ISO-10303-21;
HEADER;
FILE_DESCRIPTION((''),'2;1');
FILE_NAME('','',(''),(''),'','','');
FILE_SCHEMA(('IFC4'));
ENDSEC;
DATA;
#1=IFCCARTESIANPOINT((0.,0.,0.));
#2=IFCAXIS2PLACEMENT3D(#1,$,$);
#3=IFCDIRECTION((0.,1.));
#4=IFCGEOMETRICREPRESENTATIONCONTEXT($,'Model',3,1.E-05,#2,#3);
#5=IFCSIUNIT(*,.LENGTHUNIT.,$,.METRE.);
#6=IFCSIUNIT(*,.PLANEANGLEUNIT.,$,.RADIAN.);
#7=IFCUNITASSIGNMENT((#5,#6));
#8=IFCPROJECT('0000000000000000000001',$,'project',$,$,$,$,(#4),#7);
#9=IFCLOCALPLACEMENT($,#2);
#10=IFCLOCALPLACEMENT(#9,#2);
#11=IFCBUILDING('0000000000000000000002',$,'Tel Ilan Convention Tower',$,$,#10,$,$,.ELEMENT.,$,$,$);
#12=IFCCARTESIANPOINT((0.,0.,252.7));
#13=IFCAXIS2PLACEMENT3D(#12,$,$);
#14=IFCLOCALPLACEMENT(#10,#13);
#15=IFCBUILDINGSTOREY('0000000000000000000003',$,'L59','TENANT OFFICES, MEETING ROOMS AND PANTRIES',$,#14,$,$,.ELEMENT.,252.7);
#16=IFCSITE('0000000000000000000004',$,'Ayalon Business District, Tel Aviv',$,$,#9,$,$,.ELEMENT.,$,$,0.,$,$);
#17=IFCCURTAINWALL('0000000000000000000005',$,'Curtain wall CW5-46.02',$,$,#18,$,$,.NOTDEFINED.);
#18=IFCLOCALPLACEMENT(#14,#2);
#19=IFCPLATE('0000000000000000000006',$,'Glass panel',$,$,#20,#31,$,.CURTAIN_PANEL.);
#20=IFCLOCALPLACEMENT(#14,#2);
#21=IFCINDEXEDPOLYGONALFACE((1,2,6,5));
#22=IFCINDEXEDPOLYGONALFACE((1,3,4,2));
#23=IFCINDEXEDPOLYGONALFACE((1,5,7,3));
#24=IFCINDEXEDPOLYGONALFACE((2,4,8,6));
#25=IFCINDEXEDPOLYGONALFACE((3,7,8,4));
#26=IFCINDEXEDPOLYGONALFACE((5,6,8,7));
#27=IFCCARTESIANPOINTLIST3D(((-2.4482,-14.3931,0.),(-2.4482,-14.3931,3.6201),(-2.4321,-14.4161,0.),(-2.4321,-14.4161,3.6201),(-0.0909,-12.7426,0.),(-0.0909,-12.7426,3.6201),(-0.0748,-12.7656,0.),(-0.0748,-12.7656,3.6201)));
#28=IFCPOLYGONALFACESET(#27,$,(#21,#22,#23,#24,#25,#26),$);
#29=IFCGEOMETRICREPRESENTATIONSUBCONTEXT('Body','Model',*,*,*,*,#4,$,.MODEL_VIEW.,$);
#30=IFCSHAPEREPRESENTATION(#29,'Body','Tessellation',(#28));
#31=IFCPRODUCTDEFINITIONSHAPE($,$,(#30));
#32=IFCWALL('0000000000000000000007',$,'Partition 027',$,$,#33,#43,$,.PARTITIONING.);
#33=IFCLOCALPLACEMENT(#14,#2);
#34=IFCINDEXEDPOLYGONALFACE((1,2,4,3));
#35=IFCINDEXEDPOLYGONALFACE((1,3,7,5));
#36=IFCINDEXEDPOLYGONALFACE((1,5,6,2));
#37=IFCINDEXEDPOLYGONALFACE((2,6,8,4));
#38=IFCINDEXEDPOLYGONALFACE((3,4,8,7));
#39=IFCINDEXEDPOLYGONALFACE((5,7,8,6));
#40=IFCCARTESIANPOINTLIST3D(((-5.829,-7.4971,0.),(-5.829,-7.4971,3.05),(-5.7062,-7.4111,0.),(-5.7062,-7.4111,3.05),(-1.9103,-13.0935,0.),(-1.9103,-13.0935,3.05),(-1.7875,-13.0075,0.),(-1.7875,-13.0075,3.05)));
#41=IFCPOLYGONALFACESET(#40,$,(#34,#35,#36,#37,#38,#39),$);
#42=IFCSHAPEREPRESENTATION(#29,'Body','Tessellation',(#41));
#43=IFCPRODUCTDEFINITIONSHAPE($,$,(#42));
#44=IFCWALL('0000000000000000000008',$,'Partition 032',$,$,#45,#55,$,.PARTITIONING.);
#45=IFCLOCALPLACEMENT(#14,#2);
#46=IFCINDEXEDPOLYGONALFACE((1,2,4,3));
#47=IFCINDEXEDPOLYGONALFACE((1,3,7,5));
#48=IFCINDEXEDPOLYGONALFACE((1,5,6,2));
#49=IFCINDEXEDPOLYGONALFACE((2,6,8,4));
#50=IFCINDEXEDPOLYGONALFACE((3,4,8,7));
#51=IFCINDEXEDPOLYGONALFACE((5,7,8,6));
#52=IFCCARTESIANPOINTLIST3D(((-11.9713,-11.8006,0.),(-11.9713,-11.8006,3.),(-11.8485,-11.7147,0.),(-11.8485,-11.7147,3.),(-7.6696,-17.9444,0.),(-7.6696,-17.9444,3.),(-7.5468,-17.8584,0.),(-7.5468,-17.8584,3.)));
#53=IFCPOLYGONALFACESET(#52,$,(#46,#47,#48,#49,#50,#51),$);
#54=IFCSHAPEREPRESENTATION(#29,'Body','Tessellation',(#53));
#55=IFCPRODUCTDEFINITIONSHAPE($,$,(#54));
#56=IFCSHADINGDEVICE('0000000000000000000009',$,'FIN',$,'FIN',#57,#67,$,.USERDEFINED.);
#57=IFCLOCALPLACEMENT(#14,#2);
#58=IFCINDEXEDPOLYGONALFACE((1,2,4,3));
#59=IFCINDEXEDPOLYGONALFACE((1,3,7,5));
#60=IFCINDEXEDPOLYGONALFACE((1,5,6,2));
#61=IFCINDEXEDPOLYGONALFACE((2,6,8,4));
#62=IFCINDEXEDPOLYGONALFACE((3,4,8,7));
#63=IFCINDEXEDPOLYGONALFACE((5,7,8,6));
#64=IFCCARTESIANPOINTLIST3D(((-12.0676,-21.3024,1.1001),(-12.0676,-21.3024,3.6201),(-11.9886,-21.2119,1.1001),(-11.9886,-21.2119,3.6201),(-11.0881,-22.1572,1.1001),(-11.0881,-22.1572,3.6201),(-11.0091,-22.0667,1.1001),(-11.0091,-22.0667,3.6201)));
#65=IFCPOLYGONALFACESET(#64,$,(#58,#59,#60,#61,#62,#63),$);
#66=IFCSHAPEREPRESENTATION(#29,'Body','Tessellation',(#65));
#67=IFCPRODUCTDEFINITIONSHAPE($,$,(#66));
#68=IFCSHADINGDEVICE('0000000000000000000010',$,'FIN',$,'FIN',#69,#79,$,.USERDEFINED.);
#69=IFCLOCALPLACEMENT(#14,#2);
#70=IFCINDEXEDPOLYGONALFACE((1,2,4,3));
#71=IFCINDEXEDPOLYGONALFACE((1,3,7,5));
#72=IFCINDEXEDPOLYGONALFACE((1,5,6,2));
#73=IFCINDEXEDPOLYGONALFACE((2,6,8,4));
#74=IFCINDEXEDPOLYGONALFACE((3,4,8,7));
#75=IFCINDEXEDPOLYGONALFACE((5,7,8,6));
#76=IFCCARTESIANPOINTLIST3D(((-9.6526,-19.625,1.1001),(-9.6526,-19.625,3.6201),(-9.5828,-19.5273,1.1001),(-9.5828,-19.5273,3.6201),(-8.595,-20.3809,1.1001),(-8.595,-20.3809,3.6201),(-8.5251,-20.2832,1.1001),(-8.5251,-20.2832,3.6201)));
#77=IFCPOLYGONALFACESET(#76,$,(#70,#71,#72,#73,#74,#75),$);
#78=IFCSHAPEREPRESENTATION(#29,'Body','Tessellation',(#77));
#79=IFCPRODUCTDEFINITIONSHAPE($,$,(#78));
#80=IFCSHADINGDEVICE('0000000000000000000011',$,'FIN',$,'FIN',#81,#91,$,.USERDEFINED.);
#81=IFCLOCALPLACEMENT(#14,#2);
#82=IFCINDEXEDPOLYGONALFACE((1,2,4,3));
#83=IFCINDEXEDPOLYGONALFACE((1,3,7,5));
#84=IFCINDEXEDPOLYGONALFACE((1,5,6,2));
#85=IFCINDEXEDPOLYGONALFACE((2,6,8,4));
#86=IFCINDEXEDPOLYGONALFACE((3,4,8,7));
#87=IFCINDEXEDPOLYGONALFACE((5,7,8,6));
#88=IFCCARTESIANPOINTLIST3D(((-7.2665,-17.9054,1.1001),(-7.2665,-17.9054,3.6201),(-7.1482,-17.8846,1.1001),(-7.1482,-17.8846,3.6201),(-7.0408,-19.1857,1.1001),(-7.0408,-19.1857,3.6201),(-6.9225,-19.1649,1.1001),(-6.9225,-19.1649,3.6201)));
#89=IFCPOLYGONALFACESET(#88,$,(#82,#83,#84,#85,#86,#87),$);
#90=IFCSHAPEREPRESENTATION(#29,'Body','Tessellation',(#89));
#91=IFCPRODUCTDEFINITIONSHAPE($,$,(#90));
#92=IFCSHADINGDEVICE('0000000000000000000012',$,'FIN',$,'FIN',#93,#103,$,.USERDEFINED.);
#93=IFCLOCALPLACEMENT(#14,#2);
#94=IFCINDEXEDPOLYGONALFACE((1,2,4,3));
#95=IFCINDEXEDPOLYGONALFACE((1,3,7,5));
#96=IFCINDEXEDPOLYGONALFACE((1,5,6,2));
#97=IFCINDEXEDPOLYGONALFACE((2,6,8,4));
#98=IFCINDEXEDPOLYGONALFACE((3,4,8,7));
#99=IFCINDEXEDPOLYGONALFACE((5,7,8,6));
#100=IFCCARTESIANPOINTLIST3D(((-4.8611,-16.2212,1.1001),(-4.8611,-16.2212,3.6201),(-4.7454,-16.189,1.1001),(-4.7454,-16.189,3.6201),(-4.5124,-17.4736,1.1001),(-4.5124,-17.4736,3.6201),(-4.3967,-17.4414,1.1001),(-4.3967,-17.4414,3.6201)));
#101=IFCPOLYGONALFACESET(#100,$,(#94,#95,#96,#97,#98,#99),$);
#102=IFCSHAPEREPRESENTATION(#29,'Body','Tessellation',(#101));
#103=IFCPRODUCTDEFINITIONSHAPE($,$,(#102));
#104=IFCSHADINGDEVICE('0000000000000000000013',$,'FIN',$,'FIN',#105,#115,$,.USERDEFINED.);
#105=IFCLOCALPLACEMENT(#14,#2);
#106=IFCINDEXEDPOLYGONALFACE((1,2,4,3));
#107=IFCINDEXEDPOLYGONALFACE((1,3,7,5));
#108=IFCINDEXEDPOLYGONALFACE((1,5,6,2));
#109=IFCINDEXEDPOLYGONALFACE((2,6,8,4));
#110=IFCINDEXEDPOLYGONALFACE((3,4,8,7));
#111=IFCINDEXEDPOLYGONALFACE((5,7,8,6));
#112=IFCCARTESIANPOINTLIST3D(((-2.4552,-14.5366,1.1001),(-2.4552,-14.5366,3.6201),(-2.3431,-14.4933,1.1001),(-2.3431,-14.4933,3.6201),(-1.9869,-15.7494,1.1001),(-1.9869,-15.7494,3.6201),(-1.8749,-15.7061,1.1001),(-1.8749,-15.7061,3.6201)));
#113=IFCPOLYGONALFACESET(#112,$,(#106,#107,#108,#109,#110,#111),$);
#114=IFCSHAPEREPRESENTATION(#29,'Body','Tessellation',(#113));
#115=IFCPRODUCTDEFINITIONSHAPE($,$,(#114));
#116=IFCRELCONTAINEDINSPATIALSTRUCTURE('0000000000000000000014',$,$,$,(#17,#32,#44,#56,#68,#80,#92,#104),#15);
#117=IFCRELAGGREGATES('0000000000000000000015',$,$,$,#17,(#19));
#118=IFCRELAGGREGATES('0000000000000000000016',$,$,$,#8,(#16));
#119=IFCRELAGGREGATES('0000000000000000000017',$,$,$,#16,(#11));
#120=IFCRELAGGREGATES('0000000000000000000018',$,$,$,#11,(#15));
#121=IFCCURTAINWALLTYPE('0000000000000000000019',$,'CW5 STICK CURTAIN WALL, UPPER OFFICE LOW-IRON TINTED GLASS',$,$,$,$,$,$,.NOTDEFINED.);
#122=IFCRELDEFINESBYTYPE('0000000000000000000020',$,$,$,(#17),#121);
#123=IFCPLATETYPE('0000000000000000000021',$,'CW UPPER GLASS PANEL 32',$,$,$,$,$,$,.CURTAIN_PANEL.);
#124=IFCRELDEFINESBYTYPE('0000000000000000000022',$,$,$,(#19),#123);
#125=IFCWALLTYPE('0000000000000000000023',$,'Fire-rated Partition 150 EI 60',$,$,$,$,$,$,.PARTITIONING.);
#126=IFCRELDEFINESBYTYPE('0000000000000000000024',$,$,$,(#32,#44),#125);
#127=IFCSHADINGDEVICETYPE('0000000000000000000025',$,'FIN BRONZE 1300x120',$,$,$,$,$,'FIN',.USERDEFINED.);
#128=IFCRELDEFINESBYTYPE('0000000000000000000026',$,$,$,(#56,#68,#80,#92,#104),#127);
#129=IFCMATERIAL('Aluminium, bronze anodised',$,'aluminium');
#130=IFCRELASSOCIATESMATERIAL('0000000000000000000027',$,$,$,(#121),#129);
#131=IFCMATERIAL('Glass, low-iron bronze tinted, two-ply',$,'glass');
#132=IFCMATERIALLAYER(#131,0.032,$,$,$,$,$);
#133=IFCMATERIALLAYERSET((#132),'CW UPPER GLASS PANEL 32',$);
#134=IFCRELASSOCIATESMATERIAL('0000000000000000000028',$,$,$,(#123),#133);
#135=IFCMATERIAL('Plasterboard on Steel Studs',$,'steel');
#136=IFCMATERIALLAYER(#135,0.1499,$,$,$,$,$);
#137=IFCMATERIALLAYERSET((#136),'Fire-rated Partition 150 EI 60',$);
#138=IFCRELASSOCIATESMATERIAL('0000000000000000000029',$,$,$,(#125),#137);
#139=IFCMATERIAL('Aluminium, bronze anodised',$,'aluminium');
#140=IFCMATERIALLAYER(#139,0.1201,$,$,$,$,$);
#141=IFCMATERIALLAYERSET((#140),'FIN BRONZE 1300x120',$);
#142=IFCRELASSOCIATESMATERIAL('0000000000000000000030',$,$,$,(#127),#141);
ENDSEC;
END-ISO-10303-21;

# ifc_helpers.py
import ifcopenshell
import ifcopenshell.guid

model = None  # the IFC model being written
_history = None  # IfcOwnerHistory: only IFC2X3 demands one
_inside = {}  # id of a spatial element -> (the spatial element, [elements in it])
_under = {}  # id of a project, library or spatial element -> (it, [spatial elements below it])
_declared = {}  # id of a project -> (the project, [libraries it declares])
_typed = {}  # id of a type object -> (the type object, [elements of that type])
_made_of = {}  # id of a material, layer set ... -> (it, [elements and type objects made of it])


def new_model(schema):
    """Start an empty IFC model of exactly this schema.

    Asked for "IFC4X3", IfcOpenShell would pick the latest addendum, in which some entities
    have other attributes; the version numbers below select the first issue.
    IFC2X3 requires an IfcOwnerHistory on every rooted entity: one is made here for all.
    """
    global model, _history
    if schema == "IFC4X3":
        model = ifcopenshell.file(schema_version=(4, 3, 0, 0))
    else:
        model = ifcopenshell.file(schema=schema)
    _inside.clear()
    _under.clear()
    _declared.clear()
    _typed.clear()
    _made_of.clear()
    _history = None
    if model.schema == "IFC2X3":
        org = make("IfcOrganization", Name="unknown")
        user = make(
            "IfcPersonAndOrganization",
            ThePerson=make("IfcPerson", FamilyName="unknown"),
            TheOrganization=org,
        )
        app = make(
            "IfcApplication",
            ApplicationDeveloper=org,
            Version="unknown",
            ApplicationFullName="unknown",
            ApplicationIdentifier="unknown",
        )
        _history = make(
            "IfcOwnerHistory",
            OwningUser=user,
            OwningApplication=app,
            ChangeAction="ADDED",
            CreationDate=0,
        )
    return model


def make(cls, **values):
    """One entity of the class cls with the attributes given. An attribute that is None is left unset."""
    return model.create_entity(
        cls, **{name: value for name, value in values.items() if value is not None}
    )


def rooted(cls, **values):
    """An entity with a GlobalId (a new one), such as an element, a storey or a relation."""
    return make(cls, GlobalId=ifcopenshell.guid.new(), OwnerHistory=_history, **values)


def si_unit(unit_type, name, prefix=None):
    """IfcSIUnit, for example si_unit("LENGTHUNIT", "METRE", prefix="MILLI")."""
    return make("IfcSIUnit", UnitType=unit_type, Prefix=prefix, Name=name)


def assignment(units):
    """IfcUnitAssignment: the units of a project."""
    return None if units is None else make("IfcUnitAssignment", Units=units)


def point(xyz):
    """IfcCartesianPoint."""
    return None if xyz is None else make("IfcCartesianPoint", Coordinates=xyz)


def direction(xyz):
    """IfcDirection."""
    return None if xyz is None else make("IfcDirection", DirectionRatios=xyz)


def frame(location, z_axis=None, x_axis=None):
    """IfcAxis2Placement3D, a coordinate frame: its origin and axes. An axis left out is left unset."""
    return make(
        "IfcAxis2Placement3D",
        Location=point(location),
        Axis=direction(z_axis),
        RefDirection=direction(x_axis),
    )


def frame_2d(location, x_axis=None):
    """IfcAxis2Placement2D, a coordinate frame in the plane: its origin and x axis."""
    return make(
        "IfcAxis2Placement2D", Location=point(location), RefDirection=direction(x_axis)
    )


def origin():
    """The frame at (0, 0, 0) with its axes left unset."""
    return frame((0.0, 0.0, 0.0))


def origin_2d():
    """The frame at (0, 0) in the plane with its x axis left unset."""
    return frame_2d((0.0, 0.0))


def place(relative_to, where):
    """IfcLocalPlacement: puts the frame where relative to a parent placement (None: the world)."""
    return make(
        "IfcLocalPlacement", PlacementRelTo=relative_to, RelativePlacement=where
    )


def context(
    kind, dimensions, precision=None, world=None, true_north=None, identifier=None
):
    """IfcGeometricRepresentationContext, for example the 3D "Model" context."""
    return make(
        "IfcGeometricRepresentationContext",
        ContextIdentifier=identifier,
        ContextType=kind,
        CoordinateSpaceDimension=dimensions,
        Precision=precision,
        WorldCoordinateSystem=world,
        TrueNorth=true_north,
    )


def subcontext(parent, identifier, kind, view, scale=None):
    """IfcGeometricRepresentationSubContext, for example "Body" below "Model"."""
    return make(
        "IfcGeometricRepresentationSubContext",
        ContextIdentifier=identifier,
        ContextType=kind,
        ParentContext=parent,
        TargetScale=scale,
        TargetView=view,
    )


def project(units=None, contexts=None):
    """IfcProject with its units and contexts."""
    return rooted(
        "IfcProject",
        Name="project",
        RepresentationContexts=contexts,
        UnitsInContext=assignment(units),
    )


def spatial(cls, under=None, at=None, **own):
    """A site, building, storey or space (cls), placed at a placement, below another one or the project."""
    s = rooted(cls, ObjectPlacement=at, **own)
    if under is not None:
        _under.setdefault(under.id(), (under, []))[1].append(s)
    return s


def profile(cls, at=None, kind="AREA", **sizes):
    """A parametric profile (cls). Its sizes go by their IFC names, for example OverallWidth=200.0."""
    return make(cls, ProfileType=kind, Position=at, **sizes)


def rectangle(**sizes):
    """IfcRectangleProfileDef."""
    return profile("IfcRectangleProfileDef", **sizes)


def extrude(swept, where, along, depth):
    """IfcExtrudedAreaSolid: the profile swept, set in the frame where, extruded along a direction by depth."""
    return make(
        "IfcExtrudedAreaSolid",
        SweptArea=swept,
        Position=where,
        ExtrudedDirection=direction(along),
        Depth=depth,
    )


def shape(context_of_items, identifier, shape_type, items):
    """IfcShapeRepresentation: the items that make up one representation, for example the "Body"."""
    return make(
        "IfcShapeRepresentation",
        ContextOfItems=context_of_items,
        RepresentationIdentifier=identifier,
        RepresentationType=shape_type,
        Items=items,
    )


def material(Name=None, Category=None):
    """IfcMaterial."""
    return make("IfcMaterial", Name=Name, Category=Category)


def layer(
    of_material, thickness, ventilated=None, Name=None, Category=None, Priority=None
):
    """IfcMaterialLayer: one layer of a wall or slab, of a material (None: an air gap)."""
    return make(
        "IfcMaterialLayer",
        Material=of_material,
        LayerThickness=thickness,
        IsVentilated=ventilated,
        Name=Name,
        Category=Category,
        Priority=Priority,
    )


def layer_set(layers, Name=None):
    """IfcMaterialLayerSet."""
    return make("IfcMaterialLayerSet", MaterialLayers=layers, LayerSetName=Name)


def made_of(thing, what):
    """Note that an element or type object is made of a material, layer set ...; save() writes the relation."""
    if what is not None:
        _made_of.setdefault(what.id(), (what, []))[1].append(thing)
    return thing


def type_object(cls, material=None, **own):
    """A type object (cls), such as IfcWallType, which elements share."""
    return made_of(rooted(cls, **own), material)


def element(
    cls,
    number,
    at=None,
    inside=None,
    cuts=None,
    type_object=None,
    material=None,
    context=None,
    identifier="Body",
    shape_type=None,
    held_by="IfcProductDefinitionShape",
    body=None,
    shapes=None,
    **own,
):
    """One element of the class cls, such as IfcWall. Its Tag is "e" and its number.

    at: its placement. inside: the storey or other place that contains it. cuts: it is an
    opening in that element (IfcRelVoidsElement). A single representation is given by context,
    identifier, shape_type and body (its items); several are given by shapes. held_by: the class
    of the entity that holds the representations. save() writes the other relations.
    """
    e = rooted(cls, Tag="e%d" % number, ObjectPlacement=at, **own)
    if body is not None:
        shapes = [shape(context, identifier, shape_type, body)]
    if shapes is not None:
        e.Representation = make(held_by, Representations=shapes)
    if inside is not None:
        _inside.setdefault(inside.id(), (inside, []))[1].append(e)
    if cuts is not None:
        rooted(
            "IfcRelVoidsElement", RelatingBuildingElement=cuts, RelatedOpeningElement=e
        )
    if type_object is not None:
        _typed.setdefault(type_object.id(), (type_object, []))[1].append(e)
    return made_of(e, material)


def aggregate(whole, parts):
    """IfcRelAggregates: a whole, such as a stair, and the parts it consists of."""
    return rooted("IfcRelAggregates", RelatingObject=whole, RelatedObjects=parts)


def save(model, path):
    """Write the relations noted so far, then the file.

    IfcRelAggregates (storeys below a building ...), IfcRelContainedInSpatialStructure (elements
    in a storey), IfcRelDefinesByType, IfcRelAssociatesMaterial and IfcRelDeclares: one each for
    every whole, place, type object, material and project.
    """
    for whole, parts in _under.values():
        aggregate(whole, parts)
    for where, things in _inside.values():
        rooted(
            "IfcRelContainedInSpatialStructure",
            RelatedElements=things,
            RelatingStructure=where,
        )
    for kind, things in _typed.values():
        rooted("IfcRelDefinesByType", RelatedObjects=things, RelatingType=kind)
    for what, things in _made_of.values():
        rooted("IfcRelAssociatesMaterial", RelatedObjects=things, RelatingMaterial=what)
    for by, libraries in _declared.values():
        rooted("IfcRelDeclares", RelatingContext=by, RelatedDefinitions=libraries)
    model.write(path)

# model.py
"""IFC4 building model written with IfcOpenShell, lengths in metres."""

from ifc_helpers import new_model, si_unit, direction, frame, frame_2d, origin, origin_2d, place, context, subcontext, project, spatial, rectangle, extrude, material, layer, layer_set, type_object, element, aggregate, save


model = new_model("IFC4")

# Units and contexts
model_context = context("Model", 3, precision=1e-05, world=origin(), true_north=direction((0.0, 1.0)))
body_context = subcontext(model_context, "Body", "Model", "MODEL_VIEW")
ifc_project = project(units=[si_unit("LENGTHUNIT", "METRE"), si_unit("PLANEANGLEUNIT", "RADIAN")], contexts=[model_context])

# Site, building, storey
site_placement = place(None, origin())
site = spatial("IfcSite", under=ifc_project, at=site_placement, Name="Ayalon Business District, Tel Aviv", CompositionType="ELEMENT", RefElevation=0.0)
building_placement = place(site_placement, origin())
building = spatial("IfcBuilding", under=site, at=building_placement, Name="Tel Ilan Convention Tower", CompositionType="ELEMENT")
storey_placement = place(building_placement, frame((0.0, 0.0, 252.7)))
storey = spatial("IfcBuildingStorey", under=building, at=storey_placement, Name="L59", Description="TENANT OFFICES, MEETING ROOMS AND PANTRIES", CompositionType="ELEMENT", Elevation=252.7)

# Curtain wall, plate
ifc_material_1 = material(Name="Aluminium, bronze anodised", Category="aluminium")
curtain_wall_type = type_object("IfcCurtainWallType", Name="CW5 STICK CURTAIN WALL, UPPER OFFICE LOW-IRON TINTED GLASS", PredefinedType="NOTDEFINED", material=ifc_material_1)
curtain_wall_placement = place(storey_placement, origin())
curtain_wall = element("IfcCurtainWall", 1, at=curtain_wall_placement, inside=storey, type_object=curtain_wall_type, Name="Curtain wall CW5-46.02", PredefinedType="NOTDEFINED")
ifc_material_2 = material(Name="Glass, low-iron bronze tinted, two-ply", Category="glass")
ifc_layer_1 = layer(ifc_material_2, 0.032)
ifc_layer_set_1 = layer_set([ifc_layer_1], Name="CW UPPER GLASS PANEL 32")
plate_type = type_object("IfcPlateType", Name="CW UPPER GLASS PANEL 32", PredefinedType="CURTAIN_PANEL", material=ifc_layer_set_1)
plate_1_placement = place(storey_placement, frame((-1.2615, -13.5793, 0.0), z_axis=(0.0, 0.0, 1.0), x_axis=(0.819152, 0.573576, 0.0)))
plate_1 = element("IfcPlate", 2, at=plate_1_placement, type_object=plate_type, Name="Glass panel", PredefinedType="CURTAIN_PANEL", context=body_context, shape_type="SweptSolid", body=[
    extrude(rectangle(XDim=2.8777, YDim=0.0281, at=origin_2d()), origin(), (0.0, 0.0, 1.0), 3.6201),
])
aggregate(curtain_wall, [plate_1])

# Walls
ifc_material_3 = material(Name="Plasterboard on Steel Studs", Category="steel")
ifc_layer_2 = layer(ifc_material_3, 0.1499)
ifc_layer_set_2 = layer_set([ifc_layer_2], Name="Fire-rated Partition 150 EI 60")
wall_type = type_object("IfcWallType", Name="Fire-rated Partition 150 EI 60", PredefinedType="PARTITIONING", material=ifc_layer_set_2)
wall_1_placement = place(storey_placement, frame((-1.8489, -13.0505, 0.0), z_axis=(0.0, 0.0, 1.0), x_axis=(-0.57358, 0.81915, 0.0)))
element("IfcWall", 3, at=wall_1_placement, inside=storey, type_object=wall_type, Name="Partition 027", PredefinedType="PARTITIONING", context=body_context, shape_type="SweptSolid", body=[
    extrude(rectangle(XDim=6.832, YDim=0.1499, at=frame_2d((3.416, 0.0))), origin(), (0.0, 0.0, 1.0), 3.05),
])
wall_2_placement = place(storey_placement, frame((-7.6082, -17.9014, 0.0), z_axis=(0.0, 0.0, 1.0), x_axis=(-0.573561, 0.819163, 0.0)))
element("IfcWall", 4, at=wall_2_placement, inside=storey, type_object=wall_type, Name="Partition 032", PredefinedType="PARTITIONING", context=body_context, shape_type="SweptSolid", body=[
    extrude(rectangle(XDim=7.5, YDim=0.1499, at=frame_2d((3.75, 0.0))), origin(), (0.0, 0.0, 1.0), 3.0),
])

# Shading devices
ifc_material_4 = material(Name="Aluminium, bronze anodised", Category="aluminium")
ifc_layer_3 = layer(ifc_material_4, 0.1201)
ifc_layer_set_3 = layer_set([ifc_layer_3], Name="FIN BRONZE 1300x120")
shading_device_type = type_object("IfcShadingDeviceType", Name="FIN BRONZE 1300x120", ElementType="FIN", PredefinedType="USERDEFINED", material=ifc_layer_set_3)
for number, where, z_axis, x_axis, name in (
    (5, (-11.5383, -21.6846, 1.1001), (0.0, 0.0, 1.0), (0.753436, -0.657521, 0.0), "FIN"),
    (6, (-9.0889, -19.9541, 1.1001), (0.0, 0.0, 1.0), (0.813552, -0.581492, 0.0), "FIN"),
    (7, (-7.0945, -18.5352, 1.1001), (0.0, 0.0, 1.0), (0.173648, -0.984808, 0.0), "FIN"),
    (8, (-4.6289, -16.8313, 1.1001), (0.0, 0.0, 1.0), (0.268173, -0.963371, 0.0), "FIN"),
    (9, (-2.165, -15.1213, 1.1001), (0.0, 0.0, 1.0), (0.360178, -0.932884, 0.0), "FIN"),
):
    element("IfcShadingDevice", number, at=place(storey_placement, frame(where, z_axis=z_axis, x_axis=x_axis)), inside=storey, type_object=shading_device_type, Name=name, ObjectType="FIN", PredefinedType="USERDEFINED", context=body_context, shape_type="SweptSolid", body=[
        extrude(rectangle(XDim=1.3, YDim=0.1201, at=origin_2d()), origin(), (0.0, 0.0, 1.0), 2.52),
    ])

save(model, "model.ifc")
